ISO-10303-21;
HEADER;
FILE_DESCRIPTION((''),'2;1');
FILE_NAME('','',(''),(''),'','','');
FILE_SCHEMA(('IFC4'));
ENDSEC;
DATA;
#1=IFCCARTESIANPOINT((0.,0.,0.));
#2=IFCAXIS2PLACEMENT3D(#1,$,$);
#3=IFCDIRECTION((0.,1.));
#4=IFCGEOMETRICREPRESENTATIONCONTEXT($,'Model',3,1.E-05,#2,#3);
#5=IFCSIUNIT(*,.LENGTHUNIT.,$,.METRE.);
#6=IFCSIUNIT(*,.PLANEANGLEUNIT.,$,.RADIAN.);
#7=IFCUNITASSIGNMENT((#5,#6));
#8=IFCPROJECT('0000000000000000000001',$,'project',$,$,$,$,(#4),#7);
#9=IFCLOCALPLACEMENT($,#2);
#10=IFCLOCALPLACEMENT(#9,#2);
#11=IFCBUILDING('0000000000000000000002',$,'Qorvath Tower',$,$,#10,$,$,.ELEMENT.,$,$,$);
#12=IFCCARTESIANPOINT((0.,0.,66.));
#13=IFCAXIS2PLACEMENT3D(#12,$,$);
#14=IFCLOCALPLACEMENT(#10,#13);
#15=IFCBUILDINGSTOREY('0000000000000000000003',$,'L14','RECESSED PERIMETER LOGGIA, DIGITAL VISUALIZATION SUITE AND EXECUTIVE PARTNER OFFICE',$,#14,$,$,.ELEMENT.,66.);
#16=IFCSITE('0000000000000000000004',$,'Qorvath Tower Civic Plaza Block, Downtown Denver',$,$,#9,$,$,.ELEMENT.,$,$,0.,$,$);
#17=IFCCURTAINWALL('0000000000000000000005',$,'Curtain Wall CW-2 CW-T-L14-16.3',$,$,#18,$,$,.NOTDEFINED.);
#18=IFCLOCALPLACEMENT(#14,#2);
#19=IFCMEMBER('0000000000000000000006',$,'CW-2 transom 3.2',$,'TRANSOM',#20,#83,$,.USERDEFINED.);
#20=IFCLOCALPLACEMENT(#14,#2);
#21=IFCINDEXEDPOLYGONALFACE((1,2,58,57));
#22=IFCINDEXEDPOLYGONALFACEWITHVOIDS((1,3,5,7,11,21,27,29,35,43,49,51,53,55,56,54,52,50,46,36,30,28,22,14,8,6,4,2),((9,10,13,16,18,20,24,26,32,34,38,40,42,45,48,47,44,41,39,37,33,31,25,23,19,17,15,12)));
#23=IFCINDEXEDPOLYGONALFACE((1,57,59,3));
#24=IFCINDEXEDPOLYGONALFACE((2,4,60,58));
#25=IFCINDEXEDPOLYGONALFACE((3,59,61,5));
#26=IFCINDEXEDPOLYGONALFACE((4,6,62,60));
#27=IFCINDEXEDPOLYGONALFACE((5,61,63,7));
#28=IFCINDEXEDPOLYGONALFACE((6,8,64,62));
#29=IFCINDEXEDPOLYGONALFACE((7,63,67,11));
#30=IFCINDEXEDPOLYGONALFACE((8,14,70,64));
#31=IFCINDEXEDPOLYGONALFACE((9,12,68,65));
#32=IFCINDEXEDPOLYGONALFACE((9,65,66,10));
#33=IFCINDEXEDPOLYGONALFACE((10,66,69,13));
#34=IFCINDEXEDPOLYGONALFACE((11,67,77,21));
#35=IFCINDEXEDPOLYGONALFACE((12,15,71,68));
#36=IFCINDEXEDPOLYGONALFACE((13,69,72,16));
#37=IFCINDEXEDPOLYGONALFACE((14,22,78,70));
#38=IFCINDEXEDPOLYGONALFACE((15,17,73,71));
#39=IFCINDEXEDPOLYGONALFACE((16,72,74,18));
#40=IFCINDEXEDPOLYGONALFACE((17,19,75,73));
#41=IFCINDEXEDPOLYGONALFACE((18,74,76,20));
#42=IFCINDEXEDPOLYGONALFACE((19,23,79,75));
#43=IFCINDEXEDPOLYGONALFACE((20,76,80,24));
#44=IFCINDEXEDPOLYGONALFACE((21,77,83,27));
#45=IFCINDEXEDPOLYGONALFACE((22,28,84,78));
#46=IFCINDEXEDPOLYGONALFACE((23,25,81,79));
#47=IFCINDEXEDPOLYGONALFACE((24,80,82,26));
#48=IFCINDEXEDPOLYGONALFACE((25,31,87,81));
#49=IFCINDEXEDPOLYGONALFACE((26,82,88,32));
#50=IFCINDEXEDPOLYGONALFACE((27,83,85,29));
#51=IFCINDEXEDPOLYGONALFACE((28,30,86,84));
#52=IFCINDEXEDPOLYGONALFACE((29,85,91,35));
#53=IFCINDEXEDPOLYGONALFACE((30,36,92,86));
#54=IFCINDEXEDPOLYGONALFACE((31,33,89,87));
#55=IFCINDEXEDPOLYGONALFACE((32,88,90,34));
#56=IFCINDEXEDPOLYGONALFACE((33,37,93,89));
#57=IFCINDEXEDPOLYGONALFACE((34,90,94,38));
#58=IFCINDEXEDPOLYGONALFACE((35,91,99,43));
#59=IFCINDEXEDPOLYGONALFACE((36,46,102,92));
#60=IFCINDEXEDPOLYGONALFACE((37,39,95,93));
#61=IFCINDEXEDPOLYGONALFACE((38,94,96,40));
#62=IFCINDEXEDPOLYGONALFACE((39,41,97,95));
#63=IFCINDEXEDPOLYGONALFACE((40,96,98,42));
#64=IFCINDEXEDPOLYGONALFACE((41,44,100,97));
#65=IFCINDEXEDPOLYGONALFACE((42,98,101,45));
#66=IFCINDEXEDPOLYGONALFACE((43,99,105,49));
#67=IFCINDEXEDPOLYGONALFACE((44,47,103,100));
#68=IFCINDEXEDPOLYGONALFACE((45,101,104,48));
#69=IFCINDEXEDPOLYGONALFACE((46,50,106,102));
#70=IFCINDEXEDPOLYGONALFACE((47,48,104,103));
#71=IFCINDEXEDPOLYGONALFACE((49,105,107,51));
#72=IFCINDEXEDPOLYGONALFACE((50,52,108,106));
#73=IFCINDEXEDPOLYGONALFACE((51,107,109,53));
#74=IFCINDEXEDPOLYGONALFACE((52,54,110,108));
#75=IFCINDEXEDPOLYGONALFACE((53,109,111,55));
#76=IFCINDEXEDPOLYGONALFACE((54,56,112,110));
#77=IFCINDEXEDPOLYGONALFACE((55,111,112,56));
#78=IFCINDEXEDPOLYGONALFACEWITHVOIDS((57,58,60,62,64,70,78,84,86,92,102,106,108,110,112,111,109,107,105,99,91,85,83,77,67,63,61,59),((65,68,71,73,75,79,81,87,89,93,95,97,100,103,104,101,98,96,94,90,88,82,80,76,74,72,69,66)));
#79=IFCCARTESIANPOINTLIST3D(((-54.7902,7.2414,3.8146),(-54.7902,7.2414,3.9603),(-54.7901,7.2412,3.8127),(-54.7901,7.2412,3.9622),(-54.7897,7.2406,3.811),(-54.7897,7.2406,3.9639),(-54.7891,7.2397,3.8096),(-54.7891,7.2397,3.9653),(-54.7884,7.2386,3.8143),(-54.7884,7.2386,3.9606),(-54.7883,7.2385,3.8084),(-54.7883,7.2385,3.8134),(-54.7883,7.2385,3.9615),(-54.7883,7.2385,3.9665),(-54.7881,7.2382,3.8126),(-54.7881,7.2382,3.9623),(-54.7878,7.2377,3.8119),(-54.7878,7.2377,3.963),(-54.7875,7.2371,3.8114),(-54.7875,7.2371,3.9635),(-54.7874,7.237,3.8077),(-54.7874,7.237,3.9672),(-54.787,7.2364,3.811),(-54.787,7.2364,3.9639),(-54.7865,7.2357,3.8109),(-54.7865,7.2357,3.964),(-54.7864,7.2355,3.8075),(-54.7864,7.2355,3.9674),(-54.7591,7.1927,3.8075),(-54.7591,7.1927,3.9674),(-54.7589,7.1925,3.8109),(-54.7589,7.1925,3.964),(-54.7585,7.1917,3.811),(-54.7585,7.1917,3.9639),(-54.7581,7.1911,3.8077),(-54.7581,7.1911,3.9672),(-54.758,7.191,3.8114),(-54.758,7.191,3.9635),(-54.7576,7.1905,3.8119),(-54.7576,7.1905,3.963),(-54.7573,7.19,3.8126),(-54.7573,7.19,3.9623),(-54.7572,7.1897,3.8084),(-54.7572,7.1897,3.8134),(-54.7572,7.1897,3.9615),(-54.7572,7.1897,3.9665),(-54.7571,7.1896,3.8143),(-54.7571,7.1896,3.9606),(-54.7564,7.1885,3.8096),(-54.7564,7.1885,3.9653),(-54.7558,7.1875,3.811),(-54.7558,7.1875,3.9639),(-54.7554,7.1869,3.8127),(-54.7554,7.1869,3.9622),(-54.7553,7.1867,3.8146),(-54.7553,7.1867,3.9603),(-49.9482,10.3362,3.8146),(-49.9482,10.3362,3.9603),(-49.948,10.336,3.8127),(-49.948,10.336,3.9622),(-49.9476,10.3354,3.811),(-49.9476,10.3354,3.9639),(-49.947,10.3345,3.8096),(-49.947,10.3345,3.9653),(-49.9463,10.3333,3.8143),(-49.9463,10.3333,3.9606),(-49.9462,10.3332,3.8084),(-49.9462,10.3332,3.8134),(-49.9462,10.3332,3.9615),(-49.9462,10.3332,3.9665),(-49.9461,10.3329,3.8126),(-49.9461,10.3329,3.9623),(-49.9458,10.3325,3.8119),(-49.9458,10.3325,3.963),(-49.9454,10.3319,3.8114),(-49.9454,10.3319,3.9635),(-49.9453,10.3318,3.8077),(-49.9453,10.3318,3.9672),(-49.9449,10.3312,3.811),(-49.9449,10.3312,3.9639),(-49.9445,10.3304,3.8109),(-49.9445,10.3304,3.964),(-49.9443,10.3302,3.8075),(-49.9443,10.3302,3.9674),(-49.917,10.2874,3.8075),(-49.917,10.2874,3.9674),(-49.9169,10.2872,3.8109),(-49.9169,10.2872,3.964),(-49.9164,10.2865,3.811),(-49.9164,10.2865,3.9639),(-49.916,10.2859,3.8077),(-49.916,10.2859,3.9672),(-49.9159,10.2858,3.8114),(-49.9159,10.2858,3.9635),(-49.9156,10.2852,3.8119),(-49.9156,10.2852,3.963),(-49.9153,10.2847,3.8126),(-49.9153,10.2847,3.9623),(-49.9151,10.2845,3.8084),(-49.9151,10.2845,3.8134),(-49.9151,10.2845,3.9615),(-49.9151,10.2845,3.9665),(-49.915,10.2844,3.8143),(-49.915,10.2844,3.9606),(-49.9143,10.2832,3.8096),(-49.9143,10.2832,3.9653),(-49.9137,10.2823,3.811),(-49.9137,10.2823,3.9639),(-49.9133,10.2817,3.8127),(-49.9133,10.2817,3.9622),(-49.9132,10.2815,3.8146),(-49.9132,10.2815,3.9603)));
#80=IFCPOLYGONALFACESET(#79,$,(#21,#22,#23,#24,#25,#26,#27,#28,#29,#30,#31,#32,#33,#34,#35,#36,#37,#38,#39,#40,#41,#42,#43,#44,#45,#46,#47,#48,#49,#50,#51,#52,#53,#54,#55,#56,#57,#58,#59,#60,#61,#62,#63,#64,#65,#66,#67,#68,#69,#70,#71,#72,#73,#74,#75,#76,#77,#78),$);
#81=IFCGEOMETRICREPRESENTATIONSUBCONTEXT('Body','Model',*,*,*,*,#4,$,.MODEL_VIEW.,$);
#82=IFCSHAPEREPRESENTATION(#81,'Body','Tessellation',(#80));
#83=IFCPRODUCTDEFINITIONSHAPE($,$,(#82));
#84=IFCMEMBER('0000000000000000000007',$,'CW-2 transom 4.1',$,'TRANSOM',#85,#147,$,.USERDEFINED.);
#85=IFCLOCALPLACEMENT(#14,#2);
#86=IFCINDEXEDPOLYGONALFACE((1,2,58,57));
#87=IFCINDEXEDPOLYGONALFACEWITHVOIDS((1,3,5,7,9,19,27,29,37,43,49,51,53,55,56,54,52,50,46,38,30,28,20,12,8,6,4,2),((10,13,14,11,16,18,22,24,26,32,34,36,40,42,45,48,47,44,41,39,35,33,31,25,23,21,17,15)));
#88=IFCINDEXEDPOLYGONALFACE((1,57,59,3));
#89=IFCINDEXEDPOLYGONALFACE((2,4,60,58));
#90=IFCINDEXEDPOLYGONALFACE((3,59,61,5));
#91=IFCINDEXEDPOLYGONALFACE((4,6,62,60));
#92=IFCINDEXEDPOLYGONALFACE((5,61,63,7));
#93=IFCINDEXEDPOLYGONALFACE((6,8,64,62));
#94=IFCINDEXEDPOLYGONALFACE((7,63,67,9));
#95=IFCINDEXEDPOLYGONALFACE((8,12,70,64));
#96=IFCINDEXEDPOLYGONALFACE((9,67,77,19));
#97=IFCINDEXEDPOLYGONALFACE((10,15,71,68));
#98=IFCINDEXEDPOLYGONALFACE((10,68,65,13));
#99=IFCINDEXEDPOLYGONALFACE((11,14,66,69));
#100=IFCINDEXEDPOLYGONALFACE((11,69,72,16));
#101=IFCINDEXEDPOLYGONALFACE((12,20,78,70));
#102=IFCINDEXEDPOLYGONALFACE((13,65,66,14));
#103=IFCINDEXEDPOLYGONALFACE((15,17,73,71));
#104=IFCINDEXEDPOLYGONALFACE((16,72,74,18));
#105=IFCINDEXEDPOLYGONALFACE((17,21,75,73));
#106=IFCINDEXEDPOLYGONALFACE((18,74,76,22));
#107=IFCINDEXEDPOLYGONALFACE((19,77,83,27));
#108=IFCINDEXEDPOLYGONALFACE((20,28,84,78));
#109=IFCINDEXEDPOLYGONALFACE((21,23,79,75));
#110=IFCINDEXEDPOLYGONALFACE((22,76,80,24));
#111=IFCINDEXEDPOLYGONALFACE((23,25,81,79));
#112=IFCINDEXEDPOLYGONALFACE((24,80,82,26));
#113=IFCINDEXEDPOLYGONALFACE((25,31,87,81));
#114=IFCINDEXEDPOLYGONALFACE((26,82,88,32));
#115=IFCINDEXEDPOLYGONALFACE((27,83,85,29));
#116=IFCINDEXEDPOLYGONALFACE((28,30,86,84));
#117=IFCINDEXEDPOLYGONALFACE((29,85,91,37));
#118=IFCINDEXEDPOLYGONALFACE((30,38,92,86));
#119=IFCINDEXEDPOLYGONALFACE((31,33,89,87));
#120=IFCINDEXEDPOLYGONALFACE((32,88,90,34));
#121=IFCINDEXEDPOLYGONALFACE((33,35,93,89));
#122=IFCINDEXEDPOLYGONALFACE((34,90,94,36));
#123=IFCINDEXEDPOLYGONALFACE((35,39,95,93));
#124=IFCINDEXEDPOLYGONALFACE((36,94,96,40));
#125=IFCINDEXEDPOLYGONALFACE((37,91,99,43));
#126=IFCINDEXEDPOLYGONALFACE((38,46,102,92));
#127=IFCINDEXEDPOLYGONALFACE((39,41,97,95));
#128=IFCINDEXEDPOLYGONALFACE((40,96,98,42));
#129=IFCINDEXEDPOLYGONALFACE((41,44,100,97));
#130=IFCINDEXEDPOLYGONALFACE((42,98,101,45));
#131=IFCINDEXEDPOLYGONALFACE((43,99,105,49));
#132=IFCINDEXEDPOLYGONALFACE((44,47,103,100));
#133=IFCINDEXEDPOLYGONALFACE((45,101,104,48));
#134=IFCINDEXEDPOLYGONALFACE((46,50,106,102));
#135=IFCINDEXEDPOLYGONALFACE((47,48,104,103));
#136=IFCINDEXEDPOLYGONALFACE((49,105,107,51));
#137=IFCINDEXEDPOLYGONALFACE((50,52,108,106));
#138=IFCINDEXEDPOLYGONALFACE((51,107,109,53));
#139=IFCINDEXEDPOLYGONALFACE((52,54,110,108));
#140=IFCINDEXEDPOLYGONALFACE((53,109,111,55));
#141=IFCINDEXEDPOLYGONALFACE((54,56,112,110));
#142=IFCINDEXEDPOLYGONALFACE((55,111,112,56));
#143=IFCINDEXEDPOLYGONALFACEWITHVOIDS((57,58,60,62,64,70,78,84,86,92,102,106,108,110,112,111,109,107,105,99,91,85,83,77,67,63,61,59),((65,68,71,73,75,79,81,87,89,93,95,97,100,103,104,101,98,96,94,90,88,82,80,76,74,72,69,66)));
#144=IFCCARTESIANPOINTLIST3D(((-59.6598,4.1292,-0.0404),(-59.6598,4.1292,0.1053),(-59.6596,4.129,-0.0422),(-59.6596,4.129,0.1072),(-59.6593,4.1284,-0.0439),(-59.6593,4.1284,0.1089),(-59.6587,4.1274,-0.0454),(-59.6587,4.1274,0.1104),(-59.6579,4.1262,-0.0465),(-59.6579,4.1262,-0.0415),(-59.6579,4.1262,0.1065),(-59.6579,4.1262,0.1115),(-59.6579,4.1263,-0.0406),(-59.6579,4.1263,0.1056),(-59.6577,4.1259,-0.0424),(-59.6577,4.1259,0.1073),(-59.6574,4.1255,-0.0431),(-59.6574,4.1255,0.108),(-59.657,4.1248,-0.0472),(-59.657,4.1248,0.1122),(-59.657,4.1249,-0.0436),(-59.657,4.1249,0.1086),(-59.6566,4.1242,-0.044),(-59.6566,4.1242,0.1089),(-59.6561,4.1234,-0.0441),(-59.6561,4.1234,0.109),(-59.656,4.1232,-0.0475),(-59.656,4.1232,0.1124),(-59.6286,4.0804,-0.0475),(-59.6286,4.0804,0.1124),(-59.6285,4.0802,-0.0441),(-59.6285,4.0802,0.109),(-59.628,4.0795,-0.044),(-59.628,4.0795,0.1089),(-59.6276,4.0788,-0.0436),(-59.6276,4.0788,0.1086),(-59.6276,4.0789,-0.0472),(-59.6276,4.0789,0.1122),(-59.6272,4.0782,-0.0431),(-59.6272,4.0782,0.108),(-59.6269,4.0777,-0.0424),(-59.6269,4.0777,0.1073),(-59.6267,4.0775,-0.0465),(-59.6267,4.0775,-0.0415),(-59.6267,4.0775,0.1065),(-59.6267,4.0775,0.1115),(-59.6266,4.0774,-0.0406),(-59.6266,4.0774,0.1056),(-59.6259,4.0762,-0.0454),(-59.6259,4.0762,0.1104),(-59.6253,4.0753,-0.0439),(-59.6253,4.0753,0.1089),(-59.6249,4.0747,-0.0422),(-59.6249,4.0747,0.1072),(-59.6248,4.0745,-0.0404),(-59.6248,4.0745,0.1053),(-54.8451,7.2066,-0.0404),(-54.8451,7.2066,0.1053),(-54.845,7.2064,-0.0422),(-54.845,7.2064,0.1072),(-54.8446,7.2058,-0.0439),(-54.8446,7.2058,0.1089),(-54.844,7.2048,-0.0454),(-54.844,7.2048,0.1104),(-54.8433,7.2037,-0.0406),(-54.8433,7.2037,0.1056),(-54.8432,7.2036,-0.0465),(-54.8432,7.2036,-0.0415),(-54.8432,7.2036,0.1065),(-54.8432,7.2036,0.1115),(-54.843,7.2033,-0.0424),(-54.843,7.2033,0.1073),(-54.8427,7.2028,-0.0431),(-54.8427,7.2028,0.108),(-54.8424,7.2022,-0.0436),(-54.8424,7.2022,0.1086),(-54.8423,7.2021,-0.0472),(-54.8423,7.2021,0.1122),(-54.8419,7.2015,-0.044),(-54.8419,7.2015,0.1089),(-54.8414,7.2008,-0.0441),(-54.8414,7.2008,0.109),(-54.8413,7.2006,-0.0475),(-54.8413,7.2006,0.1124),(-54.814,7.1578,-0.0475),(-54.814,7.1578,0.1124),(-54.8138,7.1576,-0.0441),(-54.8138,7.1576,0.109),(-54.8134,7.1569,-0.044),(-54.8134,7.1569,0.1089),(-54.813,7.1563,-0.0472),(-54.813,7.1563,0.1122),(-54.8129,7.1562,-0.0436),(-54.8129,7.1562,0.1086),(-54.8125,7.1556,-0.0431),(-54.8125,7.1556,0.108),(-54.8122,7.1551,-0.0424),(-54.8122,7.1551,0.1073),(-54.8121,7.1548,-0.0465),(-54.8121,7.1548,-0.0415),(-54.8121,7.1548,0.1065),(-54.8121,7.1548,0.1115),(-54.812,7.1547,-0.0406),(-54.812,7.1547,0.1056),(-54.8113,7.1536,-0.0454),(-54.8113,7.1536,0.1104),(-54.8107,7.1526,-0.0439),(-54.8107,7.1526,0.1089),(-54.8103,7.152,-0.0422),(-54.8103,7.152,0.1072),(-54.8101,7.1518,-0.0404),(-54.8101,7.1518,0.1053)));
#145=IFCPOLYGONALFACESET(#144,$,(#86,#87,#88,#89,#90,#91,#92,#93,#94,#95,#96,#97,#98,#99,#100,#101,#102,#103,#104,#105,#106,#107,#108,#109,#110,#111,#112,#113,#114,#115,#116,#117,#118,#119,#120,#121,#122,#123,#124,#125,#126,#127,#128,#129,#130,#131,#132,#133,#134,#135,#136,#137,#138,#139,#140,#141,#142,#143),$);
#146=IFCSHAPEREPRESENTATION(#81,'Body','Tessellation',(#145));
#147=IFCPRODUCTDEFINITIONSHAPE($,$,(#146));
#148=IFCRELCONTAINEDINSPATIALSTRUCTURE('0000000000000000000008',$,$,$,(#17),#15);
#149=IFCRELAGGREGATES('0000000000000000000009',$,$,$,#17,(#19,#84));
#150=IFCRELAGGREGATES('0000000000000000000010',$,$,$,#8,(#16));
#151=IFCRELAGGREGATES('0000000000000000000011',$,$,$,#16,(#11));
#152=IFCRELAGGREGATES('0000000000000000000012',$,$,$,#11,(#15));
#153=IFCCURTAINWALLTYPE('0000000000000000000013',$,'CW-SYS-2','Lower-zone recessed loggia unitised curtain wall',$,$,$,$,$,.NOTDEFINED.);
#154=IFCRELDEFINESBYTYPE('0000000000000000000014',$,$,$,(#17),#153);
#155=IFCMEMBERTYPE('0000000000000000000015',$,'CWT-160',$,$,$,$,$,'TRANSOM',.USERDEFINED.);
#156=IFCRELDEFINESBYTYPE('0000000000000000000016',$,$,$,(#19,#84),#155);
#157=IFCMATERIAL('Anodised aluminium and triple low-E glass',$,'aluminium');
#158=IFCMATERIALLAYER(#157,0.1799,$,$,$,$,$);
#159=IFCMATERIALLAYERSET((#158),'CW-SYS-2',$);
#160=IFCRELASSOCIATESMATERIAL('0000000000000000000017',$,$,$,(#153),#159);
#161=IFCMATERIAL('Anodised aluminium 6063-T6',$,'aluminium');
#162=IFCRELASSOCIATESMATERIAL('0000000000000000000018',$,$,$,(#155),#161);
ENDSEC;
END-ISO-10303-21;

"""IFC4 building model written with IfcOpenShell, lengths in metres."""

from ifc_helpers import new_model, si_unit, direction, frame, origin, origin_2d, place, context, subcontext, project, spatial, hollow_rectangle, extrude, material, layer, layer_set, material_profile, profile_set, type_object, element, aggregate, save


model = new_model("IFC4")

# Units and contexts
model_context = context("Model", 3, precision=1e-05, world=origin(), true_north=direction((0.0, 1.0)))
body_context = subcontext(model_context, "Body", "Model", "MODEL_VIEW")
ifc_project = project(units=[si_unit("LENGTHUNIT", "METRE"), si_unit("PLANEANGLEUNIT", "RADIAN")], contexts=[model_context])

# Site, building, storey
site_placement = place(None, origin())
site = spatial("IfcSite", under=ifc_project, at=site_placement, Name="Qorvath Tower Civic Plaza Block, Downtown Denver", CompositionType="ELEMENT", RefElevation=0.0)
building_placement = place(site_placement, origin())
building = spatial("IfcBuilding", under=site, at=building_placement, Name="Qorvath Tower", CompositionType="ELEMENT")
storey_placement = place(building_placement, frame((0.0, 0.0, 66.0)))
storey = spatial("IfcBuildingStorey", under=building, at=storey_placement, Name="L14", Description="RECESSED PERIMETER LOGGIA, DIGITAL VISUALIZATION SUITE AND EXECUTIVE PARTNER OFFICE", CompositionType="ELEMENT", Elevation=66.0)

# Shared definitions
ifc_material_1 = material(Name="Anodised aluminium and triple low-E glass", Category="aluminium")
ifc_layer_1 = layer(ifc_material_1, 0.1799)
ifc_layer_set_1 = layer_set([ifc_layer_1], Name="CW-SYS-2")
curtain_wall_type = type_object("IfcCurtainWallType", Name="CW-SYS-2", Description="Lower-zone recessed loggia unitised curtain wall", PredefinedType="NOTDEFINED", material=ifc_layer_set_1)

# Curtain wall, members
curtain_wall_1_placement = place(storey_placement, origin())
curtain_wall_1 = element("IfcCurtainWall", 1, at=curtain_wall_1_placement, inside=storey, type_object=curtain_wall_type, Name="Curtain Wall CW-2 CW-T-L14-16.3", PredefinedType="NOTDEFINED")
ifc_material_2 = material(Name="Anodised aluminium 6063-T6", Category="aluminium")
ifc_material_profile_1 = material_profile(ifc_material_2, hollow_rectangle(XDim=0.0649, YDim=0.1599, WallThickness=0.0034, InnerFilletRadius=0.0034, OuterFilletRadius=0.0071, at=origin_2d()), Name="CWT 160x65")
ifc_profile_set_1 = profile_set([ifc_material_profile_1], Name="Anodised aluminium 6063-T6")
member_type_1 = type_object("IfcMemberType", Name="CWT-160", ElementType="TRANSOM", PredefinedType="USERDEFINED", material=ifc_profile_set_1)
member_1_placement = place(storey_placement, frame((-49.9307, 10.3088, 3.8875), z_axis=(-0.842601, -0.538538, 0.0), x_axis=(0.538538, -0.842601, 0.0)))
member_1 = element("IfcMember", 2, at=member_1_placement, type_object=member_type_1, Name="CW-2 transom 3.2", ObjectType="TRANSOM", PredefinedType="USERDEFINED", context=body_context, shape_type="SweptSolid", body=[
    extrude(hollow_rectangle(XDim=0.0649, YDim=0.1599, WallThickness=0.0034, InnerFilletRadius=0.0034, OuterFilletRadius=0.0071, at=origin_2d()), origin(), (0.0, 0.0, 1.0), 5.7466),
])
member_2_placement = place(storey_placement, frame((-54.8276, 7.1792, 0.0325), z_axis=(-0.84259, -0.538555, 0.0), x_axis=(0.538555, -0.84259, 0.0)))
member_2 = element("IfcMember", 3, at=member_2_placement, type_object=member_type_1, Name="CW-2 transom 4.1", ObjectType="TRANSOM", PredefinedType="USERDEFINED", context=body_context, shape_type="SweptSolid", body=[
    extrude(hollow_rectangle(XDim=0.0649, YDim=0.1599, WallThickness=0.0034, InnerFilletRadius=0.0034, OuterFilletRadius=0.0071, at=origin_2d()), origin(), (0.0, 0.0, 1.0), 5.7141),
])
aggregate(curtain_wall_1, [member_1, member_2])

save(model, "model.ifc")
